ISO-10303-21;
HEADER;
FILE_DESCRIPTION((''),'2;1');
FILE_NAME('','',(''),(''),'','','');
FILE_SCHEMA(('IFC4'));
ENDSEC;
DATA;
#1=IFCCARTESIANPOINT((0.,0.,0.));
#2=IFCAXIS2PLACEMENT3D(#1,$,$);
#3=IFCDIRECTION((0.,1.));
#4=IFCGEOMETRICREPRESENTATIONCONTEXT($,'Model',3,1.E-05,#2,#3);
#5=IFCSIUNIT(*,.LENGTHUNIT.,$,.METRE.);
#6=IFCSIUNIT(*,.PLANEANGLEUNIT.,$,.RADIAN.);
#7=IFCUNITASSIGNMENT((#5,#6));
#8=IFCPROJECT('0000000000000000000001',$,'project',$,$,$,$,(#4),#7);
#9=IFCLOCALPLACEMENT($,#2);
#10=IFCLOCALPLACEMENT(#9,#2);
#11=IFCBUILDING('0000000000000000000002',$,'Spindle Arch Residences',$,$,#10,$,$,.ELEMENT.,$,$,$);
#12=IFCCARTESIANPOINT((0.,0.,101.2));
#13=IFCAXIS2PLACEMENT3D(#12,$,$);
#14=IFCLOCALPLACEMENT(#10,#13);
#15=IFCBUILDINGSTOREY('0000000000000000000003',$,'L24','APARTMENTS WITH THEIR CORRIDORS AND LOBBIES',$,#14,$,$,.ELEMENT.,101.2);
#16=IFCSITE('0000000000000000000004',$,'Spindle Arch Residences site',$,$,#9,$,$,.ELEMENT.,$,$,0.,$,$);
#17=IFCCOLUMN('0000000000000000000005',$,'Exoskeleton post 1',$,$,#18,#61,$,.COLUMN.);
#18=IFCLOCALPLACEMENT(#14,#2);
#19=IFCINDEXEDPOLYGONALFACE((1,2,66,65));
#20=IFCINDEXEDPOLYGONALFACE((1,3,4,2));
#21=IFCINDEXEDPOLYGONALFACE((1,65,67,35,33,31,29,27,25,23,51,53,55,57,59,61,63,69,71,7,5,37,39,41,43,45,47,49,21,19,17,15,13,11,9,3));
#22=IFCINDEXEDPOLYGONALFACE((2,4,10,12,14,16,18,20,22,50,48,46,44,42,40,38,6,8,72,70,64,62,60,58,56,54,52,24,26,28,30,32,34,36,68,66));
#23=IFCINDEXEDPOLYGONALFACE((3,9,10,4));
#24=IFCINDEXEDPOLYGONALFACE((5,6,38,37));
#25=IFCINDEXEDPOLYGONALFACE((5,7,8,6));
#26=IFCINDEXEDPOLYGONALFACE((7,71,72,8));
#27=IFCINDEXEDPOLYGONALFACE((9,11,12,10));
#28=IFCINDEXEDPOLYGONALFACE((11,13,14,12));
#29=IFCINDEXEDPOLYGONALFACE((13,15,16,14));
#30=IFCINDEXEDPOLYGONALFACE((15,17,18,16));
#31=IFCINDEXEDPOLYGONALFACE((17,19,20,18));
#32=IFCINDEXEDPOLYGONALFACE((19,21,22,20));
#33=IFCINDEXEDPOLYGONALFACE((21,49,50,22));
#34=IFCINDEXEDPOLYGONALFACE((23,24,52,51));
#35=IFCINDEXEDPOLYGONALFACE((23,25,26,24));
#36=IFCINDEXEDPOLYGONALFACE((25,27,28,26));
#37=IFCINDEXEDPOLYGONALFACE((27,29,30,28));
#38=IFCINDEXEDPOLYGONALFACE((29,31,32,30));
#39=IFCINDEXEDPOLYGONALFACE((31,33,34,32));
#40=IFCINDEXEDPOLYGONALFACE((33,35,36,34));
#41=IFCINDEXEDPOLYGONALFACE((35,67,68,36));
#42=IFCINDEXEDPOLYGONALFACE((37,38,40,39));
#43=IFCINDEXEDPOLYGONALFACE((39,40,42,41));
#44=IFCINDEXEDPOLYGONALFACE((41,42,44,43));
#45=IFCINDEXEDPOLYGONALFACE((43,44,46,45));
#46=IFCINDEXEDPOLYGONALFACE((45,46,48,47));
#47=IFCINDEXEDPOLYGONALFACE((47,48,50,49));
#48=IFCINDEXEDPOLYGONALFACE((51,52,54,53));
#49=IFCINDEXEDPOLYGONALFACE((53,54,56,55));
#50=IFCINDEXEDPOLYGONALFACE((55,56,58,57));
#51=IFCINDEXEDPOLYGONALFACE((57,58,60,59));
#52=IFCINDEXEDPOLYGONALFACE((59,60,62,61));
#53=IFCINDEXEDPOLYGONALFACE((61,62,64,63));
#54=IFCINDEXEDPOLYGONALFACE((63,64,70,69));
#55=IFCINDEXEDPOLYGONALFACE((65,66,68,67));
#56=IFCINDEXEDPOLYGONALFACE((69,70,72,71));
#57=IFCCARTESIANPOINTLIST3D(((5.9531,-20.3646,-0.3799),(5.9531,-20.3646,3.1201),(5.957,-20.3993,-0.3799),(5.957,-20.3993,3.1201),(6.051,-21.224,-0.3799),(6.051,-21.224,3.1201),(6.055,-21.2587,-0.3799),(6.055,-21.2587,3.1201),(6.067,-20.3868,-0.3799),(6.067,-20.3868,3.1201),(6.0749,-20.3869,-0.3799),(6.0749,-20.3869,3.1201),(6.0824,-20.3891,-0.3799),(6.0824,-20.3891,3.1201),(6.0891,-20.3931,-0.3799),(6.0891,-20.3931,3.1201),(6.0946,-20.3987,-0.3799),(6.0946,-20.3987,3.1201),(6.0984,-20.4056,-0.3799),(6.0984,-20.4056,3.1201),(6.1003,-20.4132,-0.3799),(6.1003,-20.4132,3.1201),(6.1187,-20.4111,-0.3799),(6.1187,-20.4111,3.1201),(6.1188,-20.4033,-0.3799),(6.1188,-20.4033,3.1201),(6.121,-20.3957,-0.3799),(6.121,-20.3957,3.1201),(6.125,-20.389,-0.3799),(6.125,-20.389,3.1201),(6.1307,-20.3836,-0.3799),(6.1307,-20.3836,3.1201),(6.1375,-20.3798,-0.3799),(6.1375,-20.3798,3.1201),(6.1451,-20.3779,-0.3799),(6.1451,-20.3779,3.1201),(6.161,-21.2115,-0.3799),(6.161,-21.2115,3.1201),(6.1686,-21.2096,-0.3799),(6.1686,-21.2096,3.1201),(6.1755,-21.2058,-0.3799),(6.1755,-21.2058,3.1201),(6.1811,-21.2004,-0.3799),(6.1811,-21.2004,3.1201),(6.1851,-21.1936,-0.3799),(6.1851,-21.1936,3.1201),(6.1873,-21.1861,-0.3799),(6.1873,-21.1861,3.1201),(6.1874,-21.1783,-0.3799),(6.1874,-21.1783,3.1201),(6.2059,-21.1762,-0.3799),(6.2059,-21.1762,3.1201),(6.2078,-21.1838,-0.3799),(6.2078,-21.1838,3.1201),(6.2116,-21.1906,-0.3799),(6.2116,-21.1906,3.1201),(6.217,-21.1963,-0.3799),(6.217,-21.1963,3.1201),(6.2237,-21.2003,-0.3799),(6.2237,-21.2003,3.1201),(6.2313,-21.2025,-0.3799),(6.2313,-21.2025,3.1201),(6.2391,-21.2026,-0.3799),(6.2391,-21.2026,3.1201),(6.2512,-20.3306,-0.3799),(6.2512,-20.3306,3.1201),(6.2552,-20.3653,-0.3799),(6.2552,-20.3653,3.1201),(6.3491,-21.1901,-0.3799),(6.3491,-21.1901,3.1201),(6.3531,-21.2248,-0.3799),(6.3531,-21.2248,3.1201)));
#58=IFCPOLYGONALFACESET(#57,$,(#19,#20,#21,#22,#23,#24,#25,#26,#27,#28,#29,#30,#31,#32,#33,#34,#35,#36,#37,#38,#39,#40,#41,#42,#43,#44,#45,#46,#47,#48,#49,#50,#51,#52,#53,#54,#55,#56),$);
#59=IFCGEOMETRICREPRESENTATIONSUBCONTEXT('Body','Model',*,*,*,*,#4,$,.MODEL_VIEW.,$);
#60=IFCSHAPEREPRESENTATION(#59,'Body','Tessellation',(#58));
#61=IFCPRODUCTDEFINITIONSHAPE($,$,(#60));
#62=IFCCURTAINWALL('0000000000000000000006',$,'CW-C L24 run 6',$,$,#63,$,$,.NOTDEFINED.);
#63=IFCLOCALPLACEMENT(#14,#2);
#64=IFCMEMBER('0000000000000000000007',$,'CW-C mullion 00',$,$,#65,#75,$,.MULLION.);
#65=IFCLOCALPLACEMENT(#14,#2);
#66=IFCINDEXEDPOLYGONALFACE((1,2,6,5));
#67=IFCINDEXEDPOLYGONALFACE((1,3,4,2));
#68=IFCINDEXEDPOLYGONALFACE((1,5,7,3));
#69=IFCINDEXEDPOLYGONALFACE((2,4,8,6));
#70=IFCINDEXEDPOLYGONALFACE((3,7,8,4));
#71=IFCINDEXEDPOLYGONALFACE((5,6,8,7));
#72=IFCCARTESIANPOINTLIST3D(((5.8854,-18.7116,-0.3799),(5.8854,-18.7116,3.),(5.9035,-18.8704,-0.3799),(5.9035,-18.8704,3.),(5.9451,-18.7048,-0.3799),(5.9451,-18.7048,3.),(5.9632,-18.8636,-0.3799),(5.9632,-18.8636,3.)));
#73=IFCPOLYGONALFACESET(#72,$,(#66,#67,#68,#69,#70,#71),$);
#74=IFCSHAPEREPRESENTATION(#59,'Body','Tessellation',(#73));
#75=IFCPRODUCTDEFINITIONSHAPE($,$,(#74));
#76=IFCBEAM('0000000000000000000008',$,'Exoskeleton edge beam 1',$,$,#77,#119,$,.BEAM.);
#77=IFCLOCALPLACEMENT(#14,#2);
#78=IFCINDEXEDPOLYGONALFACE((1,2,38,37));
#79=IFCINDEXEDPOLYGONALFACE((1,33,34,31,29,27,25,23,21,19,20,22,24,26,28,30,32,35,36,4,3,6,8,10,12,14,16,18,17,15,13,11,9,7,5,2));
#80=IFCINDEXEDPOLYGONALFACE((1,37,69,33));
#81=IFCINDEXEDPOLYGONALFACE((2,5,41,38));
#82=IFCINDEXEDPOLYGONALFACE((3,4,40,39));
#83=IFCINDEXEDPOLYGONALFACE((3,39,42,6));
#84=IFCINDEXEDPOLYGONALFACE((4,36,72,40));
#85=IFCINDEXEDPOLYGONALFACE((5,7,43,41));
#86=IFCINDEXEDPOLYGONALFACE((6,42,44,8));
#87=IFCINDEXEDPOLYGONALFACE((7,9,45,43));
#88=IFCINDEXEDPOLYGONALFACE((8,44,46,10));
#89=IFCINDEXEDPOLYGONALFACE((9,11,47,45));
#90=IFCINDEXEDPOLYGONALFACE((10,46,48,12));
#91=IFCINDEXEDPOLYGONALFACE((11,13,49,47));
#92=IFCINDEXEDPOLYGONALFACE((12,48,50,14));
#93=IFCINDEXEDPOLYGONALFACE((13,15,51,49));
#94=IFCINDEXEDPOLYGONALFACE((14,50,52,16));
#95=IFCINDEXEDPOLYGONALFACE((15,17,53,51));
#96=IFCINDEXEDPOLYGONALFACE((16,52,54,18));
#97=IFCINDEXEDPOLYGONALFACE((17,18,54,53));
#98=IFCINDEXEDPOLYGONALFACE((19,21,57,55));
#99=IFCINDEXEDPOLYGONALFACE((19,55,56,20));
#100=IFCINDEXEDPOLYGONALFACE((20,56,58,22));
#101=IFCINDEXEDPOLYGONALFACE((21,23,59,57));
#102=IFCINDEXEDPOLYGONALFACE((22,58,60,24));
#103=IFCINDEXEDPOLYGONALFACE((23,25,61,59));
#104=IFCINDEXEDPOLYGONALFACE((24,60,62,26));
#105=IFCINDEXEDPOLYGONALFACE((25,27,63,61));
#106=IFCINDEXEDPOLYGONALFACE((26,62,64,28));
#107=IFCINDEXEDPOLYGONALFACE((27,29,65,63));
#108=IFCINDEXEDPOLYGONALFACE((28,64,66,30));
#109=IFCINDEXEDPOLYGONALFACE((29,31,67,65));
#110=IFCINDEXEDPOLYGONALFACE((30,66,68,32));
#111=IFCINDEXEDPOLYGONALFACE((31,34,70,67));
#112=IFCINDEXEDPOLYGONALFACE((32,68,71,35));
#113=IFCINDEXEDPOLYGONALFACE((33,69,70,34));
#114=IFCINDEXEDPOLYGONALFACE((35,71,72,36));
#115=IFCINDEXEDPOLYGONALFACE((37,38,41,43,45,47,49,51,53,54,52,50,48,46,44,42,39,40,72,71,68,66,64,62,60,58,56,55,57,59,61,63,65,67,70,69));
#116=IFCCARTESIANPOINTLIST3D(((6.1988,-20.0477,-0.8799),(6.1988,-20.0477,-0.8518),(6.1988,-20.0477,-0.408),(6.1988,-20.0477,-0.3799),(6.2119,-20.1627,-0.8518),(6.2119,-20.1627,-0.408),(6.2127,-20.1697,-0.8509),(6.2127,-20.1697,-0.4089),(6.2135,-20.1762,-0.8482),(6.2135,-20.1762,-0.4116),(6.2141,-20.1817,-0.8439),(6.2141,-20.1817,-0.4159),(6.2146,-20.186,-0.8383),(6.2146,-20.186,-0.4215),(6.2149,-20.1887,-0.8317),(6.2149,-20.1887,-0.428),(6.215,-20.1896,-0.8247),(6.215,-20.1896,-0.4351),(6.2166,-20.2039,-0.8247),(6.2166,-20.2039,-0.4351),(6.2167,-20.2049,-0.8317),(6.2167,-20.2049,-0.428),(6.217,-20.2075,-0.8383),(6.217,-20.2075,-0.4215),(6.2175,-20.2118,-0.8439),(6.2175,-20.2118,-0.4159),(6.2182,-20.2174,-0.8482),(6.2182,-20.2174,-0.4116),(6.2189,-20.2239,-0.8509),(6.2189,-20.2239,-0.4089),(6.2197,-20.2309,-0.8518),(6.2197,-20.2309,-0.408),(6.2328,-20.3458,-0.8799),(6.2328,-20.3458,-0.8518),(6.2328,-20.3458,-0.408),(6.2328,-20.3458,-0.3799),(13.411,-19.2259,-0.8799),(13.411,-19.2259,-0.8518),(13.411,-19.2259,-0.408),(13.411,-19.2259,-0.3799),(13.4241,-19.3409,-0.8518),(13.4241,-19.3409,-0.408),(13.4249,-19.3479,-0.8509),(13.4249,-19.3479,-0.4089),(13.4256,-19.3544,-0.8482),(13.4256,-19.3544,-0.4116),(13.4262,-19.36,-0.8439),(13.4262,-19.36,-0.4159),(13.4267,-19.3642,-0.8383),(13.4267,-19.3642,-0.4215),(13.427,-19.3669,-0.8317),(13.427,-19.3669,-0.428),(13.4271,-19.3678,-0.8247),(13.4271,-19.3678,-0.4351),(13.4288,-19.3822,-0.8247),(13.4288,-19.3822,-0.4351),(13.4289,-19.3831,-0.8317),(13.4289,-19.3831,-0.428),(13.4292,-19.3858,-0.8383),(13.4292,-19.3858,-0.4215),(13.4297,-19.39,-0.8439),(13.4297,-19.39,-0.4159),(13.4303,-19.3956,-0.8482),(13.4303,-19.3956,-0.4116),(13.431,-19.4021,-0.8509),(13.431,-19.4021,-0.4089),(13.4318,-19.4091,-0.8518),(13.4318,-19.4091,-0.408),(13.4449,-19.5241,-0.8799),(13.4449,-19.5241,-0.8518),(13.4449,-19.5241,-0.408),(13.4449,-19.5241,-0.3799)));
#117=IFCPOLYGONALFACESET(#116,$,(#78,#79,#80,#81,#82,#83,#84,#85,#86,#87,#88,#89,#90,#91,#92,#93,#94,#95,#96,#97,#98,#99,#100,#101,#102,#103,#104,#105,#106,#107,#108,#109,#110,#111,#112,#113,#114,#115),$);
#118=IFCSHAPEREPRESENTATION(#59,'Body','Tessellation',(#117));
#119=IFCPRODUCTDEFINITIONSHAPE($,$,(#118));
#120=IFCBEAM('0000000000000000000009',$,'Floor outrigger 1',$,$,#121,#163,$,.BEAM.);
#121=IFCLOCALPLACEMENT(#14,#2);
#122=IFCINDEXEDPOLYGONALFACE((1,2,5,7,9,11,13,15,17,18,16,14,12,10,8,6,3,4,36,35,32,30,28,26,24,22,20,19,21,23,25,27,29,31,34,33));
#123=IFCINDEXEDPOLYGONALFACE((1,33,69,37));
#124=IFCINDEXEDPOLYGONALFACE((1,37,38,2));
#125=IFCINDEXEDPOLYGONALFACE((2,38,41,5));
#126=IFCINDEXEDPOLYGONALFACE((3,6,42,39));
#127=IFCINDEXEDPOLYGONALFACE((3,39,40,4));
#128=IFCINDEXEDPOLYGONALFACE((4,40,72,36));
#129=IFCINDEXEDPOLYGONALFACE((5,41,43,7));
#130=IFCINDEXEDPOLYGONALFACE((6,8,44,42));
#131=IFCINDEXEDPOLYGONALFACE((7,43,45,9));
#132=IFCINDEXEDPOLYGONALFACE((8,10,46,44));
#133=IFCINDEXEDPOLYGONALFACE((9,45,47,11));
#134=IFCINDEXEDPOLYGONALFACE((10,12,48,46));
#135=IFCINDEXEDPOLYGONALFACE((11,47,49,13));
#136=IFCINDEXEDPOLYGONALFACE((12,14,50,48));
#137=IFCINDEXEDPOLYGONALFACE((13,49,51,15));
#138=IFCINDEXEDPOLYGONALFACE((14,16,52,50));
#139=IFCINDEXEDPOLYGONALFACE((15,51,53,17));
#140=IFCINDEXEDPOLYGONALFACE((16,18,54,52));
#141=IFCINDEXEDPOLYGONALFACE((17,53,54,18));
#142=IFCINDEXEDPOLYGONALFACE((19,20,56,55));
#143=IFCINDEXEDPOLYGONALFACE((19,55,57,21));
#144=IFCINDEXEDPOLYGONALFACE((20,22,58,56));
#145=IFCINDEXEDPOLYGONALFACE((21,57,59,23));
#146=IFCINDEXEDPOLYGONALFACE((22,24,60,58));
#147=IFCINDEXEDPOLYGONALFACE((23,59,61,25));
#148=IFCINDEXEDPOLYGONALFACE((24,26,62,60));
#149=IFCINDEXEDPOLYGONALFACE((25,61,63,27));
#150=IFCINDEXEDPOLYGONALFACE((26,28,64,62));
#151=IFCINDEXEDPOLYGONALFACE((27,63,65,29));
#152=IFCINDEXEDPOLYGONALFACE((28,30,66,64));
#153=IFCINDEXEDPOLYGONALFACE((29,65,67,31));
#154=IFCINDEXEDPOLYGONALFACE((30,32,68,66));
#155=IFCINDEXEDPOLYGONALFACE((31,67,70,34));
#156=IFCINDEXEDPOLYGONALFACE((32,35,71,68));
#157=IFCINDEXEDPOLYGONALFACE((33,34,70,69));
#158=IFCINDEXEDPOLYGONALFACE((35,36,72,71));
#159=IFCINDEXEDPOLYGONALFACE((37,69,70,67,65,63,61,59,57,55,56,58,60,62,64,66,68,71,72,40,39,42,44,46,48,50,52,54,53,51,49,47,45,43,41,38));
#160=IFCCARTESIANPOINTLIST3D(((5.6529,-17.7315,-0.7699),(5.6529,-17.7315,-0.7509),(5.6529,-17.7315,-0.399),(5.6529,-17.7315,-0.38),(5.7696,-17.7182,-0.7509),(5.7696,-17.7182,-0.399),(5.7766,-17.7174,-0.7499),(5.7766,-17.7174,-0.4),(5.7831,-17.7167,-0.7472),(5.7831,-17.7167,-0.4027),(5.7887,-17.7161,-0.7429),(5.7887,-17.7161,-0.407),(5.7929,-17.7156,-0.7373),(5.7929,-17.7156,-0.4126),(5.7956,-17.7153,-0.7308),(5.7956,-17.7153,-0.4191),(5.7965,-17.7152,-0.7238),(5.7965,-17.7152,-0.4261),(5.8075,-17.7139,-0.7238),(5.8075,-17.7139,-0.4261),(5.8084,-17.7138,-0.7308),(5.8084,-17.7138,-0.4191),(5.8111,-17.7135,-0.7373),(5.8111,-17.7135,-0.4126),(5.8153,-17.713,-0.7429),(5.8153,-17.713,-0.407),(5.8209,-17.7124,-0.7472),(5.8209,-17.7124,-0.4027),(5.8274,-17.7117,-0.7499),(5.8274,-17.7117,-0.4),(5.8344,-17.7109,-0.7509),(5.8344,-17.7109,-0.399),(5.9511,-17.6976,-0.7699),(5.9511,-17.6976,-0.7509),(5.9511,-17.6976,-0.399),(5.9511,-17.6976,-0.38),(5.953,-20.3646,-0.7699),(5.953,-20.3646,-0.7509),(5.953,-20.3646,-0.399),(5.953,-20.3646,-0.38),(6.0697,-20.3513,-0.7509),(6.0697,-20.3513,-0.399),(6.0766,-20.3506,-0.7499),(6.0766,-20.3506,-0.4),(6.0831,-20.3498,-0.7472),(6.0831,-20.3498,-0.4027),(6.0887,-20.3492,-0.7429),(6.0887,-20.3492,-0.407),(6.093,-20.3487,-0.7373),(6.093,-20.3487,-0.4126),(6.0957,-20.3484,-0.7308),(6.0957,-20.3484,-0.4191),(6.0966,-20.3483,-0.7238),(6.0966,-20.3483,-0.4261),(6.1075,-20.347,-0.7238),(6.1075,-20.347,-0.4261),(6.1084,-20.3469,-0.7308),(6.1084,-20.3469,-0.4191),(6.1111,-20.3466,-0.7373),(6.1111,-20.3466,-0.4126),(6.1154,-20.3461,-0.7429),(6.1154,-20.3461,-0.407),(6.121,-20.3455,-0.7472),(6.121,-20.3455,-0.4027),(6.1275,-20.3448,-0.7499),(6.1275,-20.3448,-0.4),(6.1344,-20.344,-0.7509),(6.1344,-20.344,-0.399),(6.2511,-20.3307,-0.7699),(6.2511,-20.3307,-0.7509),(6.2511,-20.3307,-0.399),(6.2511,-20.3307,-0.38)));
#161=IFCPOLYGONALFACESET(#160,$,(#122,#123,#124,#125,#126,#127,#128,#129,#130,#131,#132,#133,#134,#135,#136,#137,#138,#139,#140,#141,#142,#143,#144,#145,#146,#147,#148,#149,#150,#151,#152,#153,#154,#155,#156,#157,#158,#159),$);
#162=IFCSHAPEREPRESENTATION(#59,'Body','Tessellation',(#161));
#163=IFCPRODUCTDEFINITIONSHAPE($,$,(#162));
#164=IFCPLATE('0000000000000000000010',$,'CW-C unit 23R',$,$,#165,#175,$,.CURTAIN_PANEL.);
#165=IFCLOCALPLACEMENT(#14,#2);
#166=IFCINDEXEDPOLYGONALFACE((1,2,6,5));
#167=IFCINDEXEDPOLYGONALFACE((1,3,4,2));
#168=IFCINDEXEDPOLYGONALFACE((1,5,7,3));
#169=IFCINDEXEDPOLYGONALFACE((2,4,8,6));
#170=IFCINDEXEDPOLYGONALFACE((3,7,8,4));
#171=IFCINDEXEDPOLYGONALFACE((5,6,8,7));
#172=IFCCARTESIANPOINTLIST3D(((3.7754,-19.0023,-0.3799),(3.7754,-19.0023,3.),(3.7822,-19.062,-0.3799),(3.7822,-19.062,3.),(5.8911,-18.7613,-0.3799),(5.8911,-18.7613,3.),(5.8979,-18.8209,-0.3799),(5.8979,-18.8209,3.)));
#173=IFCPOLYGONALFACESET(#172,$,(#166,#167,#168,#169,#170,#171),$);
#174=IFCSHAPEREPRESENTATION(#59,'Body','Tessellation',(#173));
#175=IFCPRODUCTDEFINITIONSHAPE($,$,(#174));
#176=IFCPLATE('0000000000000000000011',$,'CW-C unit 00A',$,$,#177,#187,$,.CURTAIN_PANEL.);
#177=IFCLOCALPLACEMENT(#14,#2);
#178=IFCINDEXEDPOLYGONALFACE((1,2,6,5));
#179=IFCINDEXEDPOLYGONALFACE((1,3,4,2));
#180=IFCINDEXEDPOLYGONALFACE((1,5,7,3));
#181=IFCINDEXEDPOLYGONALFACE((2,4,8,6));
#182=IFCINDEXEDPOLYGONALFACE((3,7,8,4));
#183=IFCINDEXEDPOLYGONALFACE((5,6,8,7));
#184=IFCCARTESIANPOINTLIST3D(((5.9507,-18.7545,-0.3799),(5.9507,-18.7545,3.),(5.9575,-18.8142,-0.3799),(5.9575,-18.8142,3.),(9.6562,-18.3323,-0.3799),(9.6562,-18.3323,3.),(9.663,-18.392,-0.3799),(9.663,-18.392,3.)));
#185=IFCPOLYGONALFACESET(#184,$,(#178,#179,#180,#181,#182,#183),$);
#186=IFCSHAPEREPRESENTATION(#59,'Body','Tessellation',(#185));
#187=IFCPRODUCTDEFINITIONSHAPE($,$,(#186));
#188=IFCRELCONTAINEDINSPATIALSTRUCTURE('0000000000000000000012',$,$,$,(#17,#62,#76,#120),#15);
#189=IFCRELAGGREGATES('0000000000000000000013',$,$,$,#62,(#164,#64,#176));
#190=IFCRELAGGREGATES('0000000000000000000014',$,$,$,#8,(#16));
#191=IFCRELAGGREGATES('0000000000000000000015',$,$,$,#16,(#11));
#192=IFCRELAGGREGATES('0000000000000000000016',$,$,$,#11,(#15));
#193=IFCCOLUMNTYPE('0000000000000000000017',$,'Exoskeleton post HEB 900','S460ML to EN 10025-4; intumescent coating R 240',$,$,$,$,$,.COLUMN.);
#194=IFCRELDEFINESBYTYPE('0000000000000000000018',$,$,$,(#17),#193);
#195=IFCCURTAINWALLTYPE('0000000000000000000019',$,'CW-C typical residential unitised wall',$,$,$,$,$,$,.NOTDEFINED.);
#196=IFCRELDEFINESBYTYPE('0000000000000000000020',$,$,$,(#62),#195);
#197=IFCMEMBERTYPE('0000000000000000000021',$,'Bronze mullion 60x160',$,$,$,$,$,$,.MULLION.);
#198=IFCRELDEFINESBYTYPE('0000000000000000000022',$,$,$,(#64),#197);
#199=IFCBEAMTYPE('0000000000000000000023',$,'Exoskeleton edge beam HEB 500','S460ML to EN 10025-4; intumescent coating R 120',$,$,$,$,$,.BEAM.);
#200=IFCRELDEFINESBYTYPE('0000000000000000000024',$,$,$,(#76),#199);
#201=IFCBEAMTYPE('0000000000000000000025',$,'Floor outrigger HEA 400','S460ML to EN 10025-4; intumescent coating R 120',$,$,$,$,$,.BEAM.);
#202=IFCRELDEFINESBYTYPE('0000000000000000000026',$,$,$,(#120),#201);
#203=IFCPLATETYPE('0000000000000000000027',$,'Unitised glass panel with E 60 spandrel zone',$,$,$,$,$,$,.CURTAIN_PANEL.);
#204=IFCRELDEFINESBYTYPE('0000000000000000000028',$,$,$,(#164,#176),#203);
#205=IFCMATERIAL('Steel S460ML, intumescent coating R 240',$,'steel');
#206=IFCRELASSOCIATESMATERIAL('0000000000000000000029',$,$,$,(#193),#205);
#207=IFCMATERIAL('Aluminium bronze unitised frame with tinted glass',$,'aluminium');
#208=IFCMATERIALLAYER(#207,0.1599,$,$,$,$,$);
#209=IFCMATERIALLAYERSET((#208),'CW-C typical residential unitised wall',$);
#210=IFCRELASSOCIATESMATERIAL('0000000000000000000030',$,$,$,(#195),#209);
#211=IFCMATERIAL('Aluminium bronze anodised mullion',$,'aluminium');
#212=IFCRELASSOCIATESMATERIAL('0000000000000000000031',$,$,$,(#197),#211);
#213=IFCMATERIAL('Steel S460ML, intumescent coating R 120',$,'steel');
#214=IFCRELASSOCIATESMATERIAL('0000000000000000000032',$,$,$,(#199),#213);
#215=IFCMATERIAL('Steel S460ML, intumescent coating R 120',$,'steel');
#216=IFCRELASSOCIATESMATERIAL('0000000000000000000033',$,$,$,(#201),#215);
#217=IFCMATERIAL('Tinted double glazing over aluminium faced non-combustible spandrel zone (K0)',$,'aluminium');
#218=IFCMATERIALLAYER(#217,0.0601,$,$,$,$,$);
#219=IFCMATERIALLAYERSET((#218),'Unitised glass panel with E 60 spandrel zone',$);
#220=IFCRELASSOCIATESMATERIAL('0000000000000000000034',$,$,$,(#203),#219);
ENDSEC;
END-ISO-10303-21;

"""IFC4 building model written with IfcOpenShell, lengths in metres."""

from ifc_helpers import new_model, si_unit, direction, frame, origin, origin_2d, place, context, subcontext, project, spatial, rectangle, i_section, extrude, material, layer, layer_set, material_profile, profile_set, type_object, element, aggregate, save


model = new_model("IFC4")

# Units and contexts
model_context = context("Model", 3, precision=1e-05, world=origin(), true_north=direction((0.0, 1.0)))
body_context = subcontext(model_context, "Body", "Model", "MODEL_VIEW")
ifc_project = project(units=[si_unit("LENGTHUNIT", "METRE"), si_unit("PLANEANGLEUNIT", "RADIAN")], contexts=[model_context])

# Site, building, storey
site_placement = place(None, origin())
site = spatial("IfcSite", under=ifc_project, at=site_placement, Name="Spindle Arch Residences site", CompositionType="ELEMENT", RefElevation=0.0)
building_placement = place(site_placement, origin())
building = spatial("IfcBuilding", under=site, at=building_placement, Name="Spindle Arch Residences", CompositionType="ELEMENT")
storey_placement = place(building_placement, frame((0.0, 0.0, 101.2)))
storey = spatial("IfcBuildingStorey", under=building, at=storey_placement, Name="L24", Description="APARTMENTS WITH THEIR CORRIDORS AND LOBBIES", CompositionType="ELEMENT", Elevation=101.2)

# Column
ifc_material_1 = material(Name="Steel S460ML, intumescent coating R 240", Category="steel")
ifc_material_profile_1 = material_profile(ifc_material_1, i_section(OverallWidth=0.3, OverallDepth=0.8999, WebThickness=0.0186, FlangeThickness=0.0349, FilletRadius=0.03, at=origin_2d()), Name="HEB 900")
ifc_profile_set_1 = profile_set([ifc_material_profile_1], Name="Steel S460ML, intumescent coating R 240")
column_type = type_object("IfcColumnType", Name="Exoskeleton post HEB 900", Description="S460ML to EN 10025-4; intumescent coating R 240", PredefinedType="COLUMN", material=ifc_profile_set_1)
column_placement = place(storey_placement, frame((6.1531, -20.7947, -0.3799), z_axis=(0.0, 0.0, 1.0), x_axis=(-0.993572, -0.113203, 0.0)))
element("IfcColumn", 1, at=column_placement, inside=storey, type_object=column_type, Name="Exoskeleton post 1", PredefinedType="COLUMN", context=body_context, shape_type="SweptSolid", body=[
    extrude(i_section(OverallWidth=0.3, OverallDepth=0.8999, WebThickness=0.0186, FlangeThickness=0.0349, FilletRadius=0.03, at=origin_2d()), origin(), (0.0, 0.0, 1.0), 3.5),
])

# Curtain wall, member
ifc_material_2 = material(Name="Aluminium bronze unitised frame with tinted glass", Category="aluminium")
ifc_layer_1 = layer(ifc_material_2, 0.1599)
ifc_layer_set_1 = layer_set([ifc_layer_1], Name="CW-C typical residential unitised wall")
curtain_wall_type = type_object("IfcCurtainWallType", Name="CW-C typical residential unitised wall", PredefinedType="NOTDEFINED", material=ifc_layer_set_1)
curtain_wall_placement = place(storey_placement, origin())
curtain_wall = element("IfcCurtainWall", 2, at=curtain_wall_placement, inside=storey, type_object=curtain_wall_type, Name="CW-C L24 run 6", PredefinedType="NOTDEFINED")
ifc_material_3 = material(Name="Aluminium bronze anodised mullion", Category="aluminium")
ifc_material_profile_2 = material_profile(ifc_material_3, rectangle(XDim=0.1599, YDim=0.0601, at=origin_2d()), Name="MU 60x160")
ifc_profile_set_2 = profile_set([ifc_material_profile_2], Name="Aluminium bronze anodised mullion")
member_type = type_object("IfcMemberType", Name="Bronze mullion 60x160", PredefinedType="MULLION", material=ifc_profile_set_2)
member_placement = place(storey_placement, frame((5.9243, -18.7876, -0.3799), z_axis=(0.0, 0.0, 1.0), x_axis=(-0.113203, 0.993572, 0.0)))
member = element("IfcMember", 3, at=member_placement, type_object=member_type, Name="CW-C mullion 00", PredefinedType="MULLION", context=body_context, shape_type="SweptSolid", body=[
    extrude(rectangle(XDim=0.1599, YDim=0.0601, at=origin_2d()), origin(), (0.0, 0.0, 1.0), 3.3799),
])

# Beams
ifc_material_4 = material(Name="Steel S460ML, intumescent coating R 120", Category="steel")
ifc_material_profile_3 = material_profile(ifc_material_4, i_section(OverallWidth=0.3, OverallDepth=0.5, WebThickness=0.0144, FlangeThickness=0.0281, FilletRadius=0.0271, at=origin_2d()), Name="HEB 500")
ifc_profile_set_3 = profile_set([ifc_material_profile_3], Name="Steel S460ML, intumescent coating R 120")
beam_type_1 = type_object("IfcBeamType", Name="Exoskeleton edge beam HEB 500", Description="S460ML to EN 10025-4; intumescent coating R 120", PredefinedType="BEAM", material=ifc_profile_set_3)
beam_1_placement = place(storey_placement, frame((6.2158, -20.1968, -0.6299), z_axis=(0.993571, 0.113211, 0.0), x_axis=(-0.113211, 0.993571, 0.0)))
element("IfcBeam", 4, at=beam_1_placement, inside=storey, type_object=beam_type_1, Name="Exoskeleton edge beam 1", PredefinedType="BEAM", context=body_context, shape_type="SweptSolid", body=[
    extrude(i_section(OverallWidth=0.3, OverallDepth=0.5, WebThickness=0.0144, FlangeThickness=0.0281, FilletRadius=0.0271, at=origin_2d()), origin(), (0.0, 0.0, 1.0), 7.2588),
])
ifc_material_5 = material(Name="Steel S460ML, intumescent coating R 120", Category="steel")
ifc_material_profile_4 = material_profile(ifc_material_5, i_section(OverallWidth=0.3, OverallDepth=0.3899, WebThickness=0.011, FlangeThickness=0.019, FilletRadius=0.0271, at=origin_2d()), Name="HEA 400")
ifc_profile_set_4 = profile_set([ifc_material_profile_4], Name="Steel S460ML, intumescent coating R 120")
beam_type_2 = type_object("IfcBeamType", Name="Floor outrigger HEA 400", Description="S460ML to EN 10025-4; intumescent coating R 120", PredefinedType="BEAM", material=ifc_profile_set_4)
beam_2_placement = place(storey_placement, frame((6.1021, -20.3477, -0.575), z_axis=(-0.113222, 0.99357, 0.0), x_axis=(-0.99357, -0.113222, 0.0)))
element("IfcBeam", 5, at=beam_2_placement, inside=storey, type_object=beam_type_2, Name="Floor outrigger 1", PredefinedType="BEAM", context=body_context, shape_type="SweptSolid", body=[
    extrude(i_section(OverallWidth=0.3, OverallDepth=0.3899, WebThickness=0.011, FlangeThickness=0.019, FilletRadius=0.0271, at=origin_2d()), origin(), (0.0, 0.0, 1.0), 2.6501),
])

# Plates
ifc_material_6 = material(Name="Tinted double glazing over aluminium faced non-combustible spandrel zone (K0)", Category="aluminium")
ifc_layer_2 = layer(ifc_material_6, 0.0601)
ifc_layer_set_2 = layer_set([ifc_layer_2], Name="Unitised glass panel with E 60 spandrel zone")
plate_type = type_object("IfcPlateType", Name="Unitised glass panel with E 60 spandrel zone", PredefinedType="CURTAIN_PANEL", material=ifc_layer_set_2)
plate_1_placement = place(storey_placement, frame((4.8367, -18.9116, -0.3799), z_axis=(0.0, 0.0, 1.0), x_axis=(0.993572, 0.113203, 0.0)))
plate_1 = element("IfcPlate", 6, at=plate_1_placement, type_object=plate_type, Name="CW-C unit 23R", PredefinedType="CURTAIN_PANEL", context=body_context, shape_type="SweptSolid", body=[
    extrude(rectangle(XDim=2.1294, YDim=0.0601, at=origin_2d()), origin(), (0.0, 0.0, 1.0), 3.3799),
])
plate_2_placement = place(storey_placement, frame((7.8069, -18.5732, -0.3799), z_axis=(0.0, 0.0, 1.0), x_axis=(0.993572, 0.113203, 0.0)))
plate_2 = element("IfcPlate", 7, at=plate_2_placement, type_object=plate_type, Name="CW-C unit 00A", PredefinedType="CURTAIN_PANEL", context=body_context, shape_type="SweptSolid", body=[
    extrude(rectangle(XDim=3.7295, YDim=0.0601, at=origin_2d()), origin(), (0.0, 0.0, 1.0), 3.3799),
])
aggregate(curtain_wall, [plate_1, member, plate_2])

save(model, "model.ifc")
